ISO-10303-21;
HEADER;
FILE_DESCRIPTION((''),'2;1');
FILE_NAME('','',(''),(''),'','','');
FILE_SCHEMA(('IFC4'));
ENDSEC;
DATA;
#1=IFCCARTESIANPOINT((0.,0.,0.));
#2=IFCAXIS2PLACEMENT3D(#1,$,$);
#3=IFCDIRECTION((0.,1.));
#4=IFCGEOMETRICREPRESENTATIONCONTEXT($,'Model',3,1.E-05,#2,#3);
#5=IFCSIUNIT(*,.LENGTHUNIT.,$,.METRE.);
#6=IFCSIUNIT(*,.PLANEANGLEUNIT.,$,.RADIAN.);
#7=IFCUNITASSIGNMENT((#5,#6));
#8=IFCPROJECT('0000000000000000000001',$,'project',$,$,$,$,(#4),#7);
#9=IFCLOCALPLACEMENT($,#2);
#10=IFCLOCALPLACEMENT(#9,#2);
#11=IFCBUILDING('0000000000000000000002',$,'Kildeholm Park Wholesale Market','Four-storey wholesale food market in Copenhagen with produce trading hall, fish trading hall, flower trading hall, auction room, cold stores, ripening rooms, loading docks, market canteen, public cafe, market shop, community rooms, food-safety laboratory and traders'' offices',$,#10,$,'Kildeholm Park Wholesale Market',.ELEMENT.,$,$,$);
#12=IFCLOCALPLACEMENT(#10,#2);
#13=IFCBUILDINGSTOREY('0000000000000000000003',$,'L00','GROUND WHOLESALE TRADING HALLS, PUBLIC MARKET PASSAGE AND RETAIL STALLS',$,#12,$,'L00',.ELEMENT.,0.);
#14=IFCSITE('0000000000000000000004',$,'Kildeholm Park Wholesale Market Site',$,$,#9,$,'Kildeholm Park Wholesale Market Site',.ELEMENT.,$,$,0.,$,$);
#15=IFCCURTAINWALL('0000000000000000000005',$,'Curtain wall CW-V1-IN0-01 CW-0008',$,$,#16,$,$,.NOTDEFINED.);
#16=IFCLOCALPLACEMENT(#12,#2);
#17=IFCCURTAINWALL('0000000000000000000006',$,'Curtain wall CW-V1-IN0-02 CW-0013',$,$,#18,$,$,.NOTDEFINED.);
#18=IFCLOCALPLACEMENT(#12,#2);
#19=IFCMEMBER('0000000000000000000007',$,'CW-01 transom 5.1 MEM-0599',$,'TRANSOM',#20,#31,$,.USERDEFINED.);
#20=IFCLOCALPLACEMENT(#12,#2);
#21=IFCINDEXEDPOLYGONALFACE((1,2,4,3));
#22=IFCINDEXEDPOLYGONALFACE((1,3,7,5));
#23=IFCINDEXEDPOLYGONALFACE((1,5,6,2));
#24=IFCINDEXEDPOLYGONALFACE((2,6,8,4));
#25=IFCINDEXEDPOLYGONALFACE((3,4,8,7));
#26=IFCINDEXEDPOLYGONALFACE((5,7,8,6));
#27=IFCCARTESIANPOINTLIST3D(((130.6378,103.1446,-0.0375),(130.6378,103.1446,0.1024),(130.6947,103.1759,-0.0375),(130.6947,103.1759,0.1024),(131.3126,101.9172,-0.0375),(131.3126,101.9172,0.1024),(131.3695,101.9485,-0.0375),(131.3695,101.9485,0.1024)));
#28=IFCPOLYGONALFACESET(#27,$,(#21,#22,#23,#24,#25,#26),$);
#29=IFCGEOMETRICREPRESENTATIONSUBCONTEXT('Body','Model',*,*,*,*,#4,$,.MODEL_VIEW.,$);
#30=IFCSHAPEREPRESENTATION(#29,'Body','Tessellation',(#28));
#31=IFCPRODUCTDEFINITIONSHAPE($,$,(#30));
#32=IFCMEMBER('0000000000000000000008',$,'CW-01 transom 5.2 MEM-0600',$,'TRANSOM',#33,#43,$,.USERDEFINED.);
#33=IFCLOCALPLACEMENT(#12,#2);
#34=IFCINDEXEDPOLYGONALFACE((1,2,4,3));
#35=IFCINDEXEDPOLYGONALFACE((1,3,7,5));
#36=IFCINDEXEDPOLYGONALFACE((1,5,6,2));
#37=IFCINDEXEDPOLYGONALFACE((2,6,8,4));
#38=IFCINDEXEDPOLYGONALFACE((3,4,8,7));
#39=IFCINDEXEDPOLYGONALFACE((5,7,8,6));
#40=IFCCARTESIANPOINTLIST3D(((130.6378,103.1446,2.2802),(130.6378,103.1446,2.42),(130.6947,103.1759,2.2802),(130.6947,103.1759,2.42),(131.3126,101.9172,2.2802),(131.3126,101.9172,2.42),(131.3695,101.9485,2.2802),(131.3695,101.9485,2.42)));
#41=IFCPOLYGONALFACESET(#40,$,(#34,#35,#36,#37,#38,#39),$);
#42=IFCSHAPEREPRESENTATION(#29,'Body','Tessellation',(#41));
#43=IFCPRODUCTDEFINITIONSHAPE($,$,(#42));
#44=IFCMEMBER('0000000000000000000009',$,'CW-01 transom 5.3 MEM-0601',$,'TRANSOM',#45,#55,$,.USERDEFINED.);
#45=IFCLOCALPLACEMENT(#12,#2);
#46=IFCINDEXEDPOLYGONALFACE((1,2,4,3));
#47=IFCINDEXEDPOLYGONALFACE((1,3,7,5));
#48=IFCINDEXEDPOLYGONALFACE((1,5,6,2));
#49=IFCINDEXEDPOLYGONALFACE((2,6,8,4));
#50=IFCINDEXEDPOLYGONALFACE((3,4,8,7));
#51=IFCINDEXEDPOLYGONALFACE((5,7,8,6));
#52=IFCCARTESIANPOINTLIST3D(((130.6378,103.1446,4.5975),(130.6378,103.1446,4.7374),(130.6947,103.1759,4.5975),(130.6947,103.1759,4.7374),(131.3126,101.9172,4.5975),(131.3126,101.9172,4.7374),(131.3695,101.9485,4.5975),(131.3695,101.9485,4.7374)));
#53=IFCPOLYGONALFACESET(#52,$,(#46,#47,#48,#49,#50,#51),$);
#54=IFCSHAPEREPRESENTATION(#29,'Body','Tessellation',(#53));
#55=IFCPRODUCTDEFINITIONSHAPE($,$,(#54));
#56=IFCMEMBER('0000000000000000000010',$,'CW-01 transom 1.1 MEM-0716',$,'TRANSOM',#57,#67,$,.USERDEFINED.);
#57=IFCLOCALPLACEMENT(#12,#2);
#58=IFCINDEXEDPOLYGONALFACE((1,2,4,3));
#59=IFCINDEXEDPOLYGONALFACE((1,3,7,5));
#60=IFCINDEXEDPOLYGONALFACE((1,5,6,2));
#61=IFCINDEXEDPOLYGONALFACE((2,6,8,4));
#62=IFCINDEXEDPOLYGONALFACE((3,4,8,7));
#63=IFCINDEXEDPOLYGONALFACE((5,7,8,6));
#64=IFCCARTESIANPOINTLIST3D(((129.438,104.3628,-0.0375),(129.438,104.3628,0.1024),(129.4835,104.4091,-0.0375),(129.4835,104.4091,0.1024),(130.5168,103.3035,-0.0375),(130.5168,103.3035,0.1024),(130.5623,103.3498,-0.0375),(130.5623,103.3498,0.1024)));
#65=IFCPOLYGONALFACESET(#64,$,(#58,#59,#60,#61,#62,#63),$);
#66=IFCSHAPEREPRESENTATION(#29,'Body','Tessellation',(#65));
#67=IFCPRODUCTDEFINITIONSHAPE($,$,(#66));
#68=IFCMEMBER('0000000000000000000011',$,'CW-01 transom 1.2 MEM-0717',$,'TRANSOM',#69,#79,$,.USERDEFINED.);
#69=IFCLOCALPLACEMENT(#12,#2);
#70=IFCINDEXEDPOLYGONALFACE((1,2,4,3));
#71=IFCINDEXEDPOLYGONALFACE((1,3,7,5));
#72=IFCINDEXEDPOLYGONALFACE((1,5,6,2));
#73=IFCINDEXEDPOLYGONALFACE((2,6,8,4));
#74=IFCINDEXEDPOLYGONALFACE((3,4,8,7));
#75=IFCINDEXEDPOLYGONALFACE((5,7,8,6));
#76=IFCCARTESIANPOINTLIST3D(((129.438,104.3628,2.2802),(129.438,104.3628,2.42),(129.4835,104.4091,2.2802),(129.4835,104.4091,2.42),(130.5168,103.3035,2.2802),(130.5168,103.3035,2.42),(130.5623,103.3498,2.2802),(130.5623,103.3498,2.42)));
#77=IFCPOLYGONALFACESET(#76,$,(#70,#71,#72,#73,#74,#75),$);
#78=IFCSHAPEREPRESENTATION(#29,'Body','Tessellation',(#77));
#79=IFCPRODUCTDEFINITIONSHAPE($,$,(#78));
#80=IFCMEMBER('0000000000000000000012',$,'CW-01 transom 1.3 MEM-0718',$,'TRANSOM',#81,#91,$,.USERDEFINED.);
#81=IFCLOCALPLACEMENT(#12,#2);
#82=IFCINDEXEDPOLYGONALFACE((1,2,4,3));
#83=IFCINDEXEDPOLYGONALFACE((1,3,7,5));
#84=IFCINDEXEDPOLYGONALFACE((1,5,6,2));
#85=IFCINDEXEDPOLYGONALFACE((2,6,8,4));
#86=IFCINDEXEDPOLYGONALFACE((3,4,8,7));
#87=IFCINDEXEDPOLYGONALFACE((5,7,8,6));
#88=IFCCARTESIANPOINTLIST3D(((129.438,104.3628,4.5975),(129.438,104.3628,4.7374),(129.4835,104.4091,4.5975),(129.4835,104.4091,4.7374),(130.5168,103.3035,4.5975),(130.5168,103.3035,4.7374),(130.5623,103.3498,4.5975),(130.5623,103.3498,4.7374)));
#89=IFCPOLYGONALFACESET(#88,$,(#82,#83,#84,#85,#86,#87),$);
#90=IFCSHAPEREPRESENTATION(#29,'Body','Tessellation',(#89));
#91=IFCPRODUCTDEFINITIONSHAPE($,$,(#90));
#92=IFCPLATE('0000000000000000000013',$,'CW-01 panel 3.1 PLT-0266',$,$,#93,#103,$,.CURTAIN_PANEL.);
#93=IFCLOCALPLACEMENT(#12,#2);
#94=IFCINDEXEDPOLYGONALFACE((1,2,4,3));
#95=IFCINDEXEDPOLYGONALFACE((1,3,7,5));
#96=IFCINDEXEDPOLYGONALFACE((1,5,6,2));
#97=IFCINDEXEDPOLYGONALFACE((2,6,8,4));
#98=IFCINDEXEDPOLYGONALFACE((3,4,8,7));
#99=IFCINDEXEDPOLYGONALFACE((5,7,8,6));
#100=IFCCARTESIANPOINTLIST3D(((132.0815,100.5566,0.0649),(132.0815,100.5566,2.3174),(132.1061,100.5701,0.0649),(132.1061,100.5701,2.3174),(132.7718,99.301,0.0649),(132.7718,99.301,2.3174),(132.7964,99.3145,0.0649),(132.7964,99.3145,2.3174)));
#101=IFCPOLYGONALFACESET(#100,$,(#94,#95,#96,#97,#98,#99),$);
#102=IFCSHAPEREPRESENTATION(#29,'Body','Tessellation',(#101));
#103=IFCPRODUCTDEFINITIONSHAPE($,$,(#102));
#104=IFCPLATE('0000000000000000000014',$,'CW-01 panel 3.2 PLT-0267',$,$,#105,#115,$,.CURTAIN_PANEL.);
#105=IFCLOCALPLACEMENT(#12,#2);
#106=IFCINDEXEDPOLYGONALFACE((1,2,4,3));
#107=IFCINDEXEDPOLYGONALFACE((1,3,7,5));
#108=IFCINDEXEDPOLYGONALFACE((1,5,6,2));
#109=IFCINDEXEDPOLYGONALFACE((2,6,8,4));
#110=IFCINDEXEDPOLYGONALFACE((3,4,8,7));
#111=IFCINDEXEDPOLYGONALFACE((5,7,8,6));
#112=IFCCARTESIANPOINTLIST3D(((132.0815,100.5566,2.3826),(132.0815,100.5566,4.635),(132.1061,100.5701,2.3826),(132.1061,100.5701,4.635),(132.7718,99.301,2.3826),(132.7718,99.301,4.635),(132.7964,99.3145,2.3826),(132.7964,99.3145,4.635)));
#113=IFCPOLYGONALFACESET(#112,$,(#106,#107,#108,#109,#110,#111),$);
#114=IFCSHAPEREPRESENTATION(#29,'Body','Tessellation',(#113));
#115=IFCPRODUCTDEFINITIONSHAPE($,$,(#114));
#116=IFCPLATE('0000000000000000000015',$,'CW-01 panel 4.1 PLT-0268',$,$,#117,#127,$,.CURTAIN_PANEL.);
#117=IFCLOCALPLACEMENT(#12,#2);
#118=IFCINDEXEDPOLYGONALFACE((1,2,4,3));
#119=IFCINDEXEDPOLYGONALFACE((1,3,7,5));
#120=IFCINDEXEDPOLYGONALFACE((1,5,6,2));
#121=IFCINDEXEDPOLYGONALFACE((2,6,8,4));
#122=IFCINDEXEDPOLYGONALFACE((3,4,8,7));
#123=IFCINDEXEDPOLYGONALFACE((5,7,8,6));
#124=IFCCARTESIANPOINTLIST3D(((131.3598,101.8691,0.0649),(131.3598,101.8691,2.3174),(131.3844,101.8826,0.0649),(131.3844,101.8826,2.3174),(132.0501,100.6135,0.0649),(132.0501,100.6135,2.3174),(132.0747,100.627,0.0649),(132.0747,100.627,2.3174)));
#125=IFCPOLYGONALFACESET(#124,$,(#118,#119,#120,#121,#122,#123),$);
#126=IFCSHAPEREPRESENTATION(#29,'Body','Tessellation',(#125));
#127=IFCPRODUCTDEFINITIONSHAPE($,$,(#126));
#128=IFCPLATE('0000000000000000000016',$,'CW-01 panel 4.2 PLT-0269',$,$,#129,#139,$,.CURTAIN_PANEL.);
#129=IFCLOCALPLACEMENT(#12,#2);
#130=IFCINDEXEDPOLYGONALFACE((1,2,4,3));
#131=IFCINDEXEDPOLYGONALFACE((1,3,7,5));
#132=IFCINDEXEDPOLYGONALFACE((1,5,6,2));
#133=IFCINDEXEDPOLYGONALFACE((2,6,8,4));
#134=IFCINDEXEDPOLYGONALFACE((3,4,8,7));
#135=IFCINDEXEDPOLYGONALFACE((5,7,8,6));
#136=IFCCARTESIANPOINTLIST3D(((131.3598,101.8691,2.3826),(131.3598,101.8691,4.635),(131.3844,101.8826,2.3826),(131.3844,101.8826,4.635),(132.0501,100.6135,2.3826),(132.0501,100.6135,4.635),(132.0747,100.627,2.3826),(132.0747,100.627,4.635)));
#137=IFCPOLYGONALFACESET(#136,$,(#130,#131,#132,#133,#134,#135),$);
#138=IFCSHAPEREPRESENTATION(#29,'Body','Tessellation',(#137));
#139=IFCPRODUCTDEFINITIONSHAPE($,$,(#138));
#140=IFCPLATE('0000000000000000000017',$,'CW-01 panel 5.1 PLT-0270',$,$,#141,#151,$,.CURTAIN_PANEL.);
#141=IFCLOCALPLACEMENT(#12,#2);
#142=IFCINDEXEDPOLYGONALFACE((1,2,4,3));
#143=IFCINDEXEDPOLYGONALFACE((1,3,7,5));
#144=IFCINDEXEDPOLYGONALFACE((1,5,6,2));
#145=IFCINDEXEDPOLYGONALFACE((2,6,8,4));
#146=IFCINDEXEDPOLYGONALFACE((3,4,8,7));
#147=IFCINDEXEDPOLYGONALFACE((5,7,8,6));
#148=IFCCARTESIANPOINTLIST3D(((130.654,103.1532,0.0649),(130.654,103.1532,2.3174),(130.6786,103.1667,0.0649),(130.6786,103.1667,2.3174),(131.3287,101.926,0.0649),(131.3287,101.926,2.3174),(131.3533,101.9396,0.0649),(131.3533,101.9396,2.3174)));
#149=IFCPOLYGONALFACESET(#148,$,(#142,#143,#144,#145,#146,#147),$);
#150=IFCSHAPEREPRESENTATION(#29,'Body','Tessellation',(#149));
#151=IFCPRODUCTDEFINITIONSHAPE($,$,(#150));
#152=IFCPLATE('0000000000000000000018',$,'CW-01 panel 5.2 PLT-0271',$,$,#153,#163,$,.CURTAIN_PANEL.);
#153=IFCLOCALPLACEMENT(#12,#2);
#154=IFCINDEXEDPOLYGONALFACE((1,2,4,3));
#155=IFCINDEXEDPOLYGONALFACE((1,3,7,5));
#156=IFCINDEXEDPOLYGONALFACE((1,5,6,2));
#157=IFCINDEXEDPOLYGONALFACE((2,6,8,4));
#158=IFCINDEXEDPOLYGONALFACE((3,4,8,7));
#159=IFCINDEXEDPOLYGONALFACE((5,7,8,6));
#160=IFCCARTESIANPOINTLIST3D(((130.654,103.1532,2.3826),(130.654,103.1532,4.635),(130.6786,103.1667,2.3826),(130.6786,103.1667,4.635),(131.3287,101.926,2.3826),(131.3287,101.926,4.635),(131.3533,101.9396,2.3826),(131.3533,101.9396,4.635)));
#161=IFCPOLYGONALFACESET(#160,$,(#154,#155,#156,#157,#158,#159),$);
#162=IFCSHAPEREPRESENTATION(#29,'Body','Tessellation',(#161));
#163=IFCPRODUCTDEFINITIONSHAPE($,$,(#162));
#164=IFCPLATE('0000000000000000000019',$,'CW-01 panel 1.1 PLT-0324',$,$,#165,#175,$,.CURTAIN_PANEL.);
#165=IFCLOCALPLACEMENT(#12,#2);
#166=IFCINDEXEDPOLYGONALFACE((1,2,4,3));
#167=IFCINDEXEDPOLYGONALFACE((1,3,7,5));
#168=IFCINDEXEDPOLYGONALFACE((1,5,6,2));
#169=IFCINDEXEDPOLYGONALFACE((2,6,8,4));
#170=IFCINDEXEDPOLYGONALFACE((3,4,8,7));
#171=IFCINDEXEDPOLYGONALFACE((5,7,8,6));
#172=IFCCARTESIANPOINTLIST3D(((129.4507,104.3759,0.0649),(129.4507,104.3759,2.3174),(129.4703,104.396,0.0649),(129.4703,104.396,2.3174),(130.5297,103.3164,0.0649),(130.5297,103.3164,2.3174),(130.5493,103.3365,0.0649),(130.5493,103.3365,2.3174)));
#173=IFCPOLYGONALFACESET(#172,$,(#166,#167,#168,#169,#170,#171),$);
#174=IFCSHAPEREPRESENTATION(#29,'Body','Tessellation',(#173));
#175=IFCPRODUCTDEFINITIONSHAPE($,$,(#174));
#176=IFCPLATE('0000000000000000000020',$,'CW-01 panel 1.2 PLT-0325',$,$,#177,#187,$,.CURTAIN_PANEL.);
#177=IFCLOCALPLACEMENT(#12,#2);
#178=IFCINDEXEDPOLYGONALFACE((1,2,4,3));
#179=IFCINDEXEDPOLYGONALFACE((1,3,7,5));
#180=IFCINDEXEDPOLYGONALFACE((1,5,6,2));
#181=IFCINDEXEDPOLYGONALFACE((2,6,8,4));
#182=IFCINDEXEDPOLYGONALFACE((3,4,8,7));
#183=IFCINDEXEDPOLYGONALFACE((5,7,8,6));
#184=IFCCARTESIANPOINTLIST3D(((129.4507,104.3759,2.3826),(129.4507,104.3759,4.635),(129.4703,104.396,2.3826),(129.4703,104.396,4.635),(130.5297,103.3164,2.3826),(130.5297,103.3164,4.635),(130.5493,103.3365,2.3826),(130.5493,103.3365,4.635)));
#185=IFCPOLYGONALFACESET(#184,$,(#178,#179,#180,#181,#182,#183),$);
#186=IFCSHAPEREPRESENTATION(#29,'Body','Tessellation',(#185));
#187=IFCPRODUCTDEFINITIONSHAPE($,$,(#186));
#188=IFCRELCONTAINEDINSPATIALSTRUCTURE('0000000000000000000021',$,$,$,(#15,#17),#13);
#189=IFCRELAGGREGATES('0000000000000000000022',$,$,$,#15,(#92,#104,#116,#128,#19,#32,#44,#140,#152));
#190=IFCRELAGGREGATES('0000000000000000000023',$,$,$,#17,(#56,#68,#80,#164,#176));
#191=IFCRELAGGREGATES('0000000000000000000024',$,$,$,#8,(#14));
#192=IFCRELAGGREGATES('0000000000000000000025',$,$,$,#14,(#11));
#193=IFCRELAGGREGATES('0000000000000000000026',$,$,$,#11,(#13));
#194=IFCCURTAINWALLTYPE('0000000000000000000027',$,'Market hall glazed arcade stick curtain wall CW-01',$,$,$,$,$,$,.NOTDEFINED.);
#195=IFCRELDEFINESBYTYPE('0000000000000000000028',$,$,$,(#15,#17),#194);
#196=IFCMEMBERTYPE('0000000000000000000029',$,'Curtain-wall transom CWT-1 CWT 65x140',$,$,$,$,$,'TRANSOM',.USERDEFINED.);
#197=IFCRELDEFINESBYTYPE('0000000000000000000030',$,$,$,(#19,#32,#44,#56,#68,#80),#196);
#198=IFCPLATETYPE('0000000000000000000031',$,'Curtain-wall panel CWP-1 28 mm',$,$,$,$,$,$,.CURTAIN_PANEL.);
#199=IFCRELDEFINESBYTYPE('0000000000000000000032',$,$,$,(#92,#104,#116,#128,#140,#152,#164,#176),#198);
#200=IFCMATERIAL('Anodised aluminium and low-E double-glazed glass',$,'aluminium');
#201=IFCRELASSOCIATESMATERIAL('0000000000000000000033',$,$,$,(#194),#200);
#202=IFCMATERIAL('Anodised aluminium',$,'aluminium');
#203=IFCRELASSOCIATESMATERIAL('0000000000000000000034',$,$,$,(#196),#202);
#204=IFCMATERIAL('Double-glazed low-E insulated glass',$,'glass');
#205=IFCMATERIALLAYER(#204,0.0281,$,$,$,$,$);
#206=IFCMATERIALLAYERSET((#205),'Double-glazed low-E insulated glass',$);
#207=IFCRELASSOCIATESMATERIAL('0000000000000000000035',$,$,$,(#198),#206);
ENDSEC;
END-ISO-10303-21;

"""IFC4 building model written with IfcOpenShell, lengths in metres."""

from ifc_helpers import new_model, si_unit, direction, frame, origin, origin_2d, place, context, subcontext, project, spatial, rectangle, extrude, material, layer, layer_set, material_profile, profile_set, type_object, element, aggregate, save


model = new_model("IFC4")

# Units and contexts
model_context = context("Model", 3, precision=1e-05, world=origin(), true_north=direction((0.0, 1.0)))
body_context = subcontext(model_context, "Body", "Model", "MODEL_VIEW")
ifc_project = project(units=[si_unit("LENGTHUNIT", "METRE"), si_unit("PLANEANGLEUNIT", "RADIAN")], contexts=[model_context])

# Site, building, storey
site_placement = place(None, origin())
site = spatial("IfcSite", under=ifc_project, at=site_placement, Name="Kildeholm Park Wholesale Market Site", LongName="Kildeholm Park Wholesale Market Site", CompositionType="ELEMENT", RefElevation=0.0)
building_placement = place(site_placement, origin())
building = spatial("IfcBuilding", under=site, at=building_placement, Name="Kildeholm Park Wholesale Market", Description="Four-storey wholesale food market in Copenhagen with produce trading hall, fish trading hall, flower trading hall, auction room, cold stores, ripening rooms, loading docks, market canteen, public cafe, market shop, community rooms, food-safety laboratory and traders' offices", LongName="Kildeholm Park Wholesale Market", CompositionType="ELEMENT")
storey_placement = place(building_placement, origin())
storey = spatial("IfcBuildingStorey", under=building, at=storey_placement, Name="L00", Description="GROUND WHOLESALE TRADING HALLS, PUBLIC MARKET PASSAGE AND RETAIL STALLS", LongName="L00", CompositionType="ELEMENT", Elevation=0.0)

# Curtain walls
ifc_material_1 = material(Name="Anodised aluminium and low-E double-glazed glass", Category="aluminium")
curtain_wall_type = type_object("IfcCurtainWallType", Name="Market hall glazed arcade stick curtain wall CW-01", PredefinedType="NOTDEFINED", material=ifc_material_1)
curtain_wall_1_placement = place(storey_placement, origin())
curtain_wall_1 = element("IfcCurtainWall", 1, at=curtain_wall_1_placement, inside=storey, type_object=curtain_wall_type, Name="Curtain wall CW-V1-IN0-01 CW-0008", PredefinedType="NOTDEFINED")
ifc_material_2 = material(Name="Anodised aluminium", Category="aluminium")
curtain_wall_2_placement = place(storey_placement, origin())
curtain_wall_2 = element("IfcCurtainWall", 2, at=curtain_wall_2_placement, inside=storey, type_object=curtain_wall_type, Name="Curtain wall CW-V1-IN0-02 CW-0013", PredefinedType="NOTDEFINED")

# Members
ifc_material_profile_1 = material_profile(ifc_material_2, rectangle(XDim=0.0649, YDim=0.1399, at=origin_2d()), Name="CWT 65x140")
ifc_profile_set_1 = profile_set([ifc_material_profile_1], Name="Anodised aluminium")
member_type_1 = type_object("IfcMemberType", Name="Curtain-wall transom CWT-1 CWT 65x140", ElementType="TRANSOM", PredefinedType="USERDEFINED", material=ifc_profile_set_1)
member_1_placement = place(storey_placement, frame((131.3411, 101.9329, 0.0325), z_axis=(-0.481805, 0.876278, 0.0), x_axis=(-0.876278, -0.481805, 0.0)))
member_1 = element("IfcMember", 3, at=member_1_placement, type_object=member_type_1, Name="CW-01 transom 5.1 MEM-0599", ObjectType="TRANSOM", PredefinedType="USERDEFINED", context=body_context, shape_type="SweptSolid", body=[
    extrude(rectangle(XDim=0.0649, YDim=0.1399, at=origin_2d()), origin(), (0.0, 0.0, 1.0), 1.4006),
])
member_2_placement = place(storey_placement, frame((131.3411, 101.9329, 2.3501), z_axis=(-0.481805, 0.876278, 0.0), x_axis=(-0.876278, -0.481805, 0.0)))
member_2 = element("IfcMember", 4, at=member_2_placement, type_object=member_type_1, Name="CW-01 transom 5.2 MEM-0600", ObjectType="TRANSOM", PredefinedType="USERDEFINED", context=body_context, shape_type="SweptSolid", body=[
    extrude(rectangle(XDim=0.0649, YDim=0.1399, at=origin_2d()), origin(), (0.0, 0.0, 1.0), 1.4006),
])
member_3_placement = place(storey_placement, frame((131.3411, 101.9329, 4.6675), z_axis=(-0.481805, 0.876278, 0.0), x_axis=(-0.876278, -0.481805, 0.0)))
member_3 = element("IfcMember", 5, at=member_3_placement, type_object=member_type_1, Name="CW-01 transom 5.3 MEM-0601", ObjectType="TRANSOM", PredefinedType="USERDEFINED", context=body_context, shape_type="SweptSolid", body=[
    extrude(rectangle(XDim=0.0649, YDim=0.1399, at=origin_2d()), origin(), (0.0, 0.0, 1.0), 1.4006),
])
member_4_placement = place(storey_placement, frame((130.5396, 103.3267, 0.0325), z_axis=(-0.713536, 0.700618, 0.0), x_axis=(-0.700618, -0.713536, 0.0)))
member_4 = element("IfcMember", 6, at=member_4_placement, type_object=member_type_1, Name="CW-01 transom 1.1 MEM-0716", ObjectType="TRANSOM", PredefinedType="USERDEFINED", context=body_context, shape_type="SweptSolid", body=[
    extrude(rectangle(XDim=0.0649, YDim=0.1399, at=origin_2d()), origin(), (0.0, 0.0, 1.0), 1.512),
])
member_5_placement = place(storey_placement, frame((130.5396, 103.3267, 2.3501), z_axis=(-0.713536, 0.700618, 0.0), x_axis=(-0.700618, -0.713536, 0.0)))
member_5 = element("IfcMember", 7, at=member_5_placement, type_object=member_type_1, Name="CW-01 transom 1.2 MEM-0717", ObjectType="TRANSOM", PredefinedType="USERDEFINED", context=body_context, shape_type="SweptSolid", body=[
    extrude(rectangle(XDim=0.0649, YDim=0.1399, at=origin_2d()), origin(), (0.0, 0.0, 1.0), 1.512),
])
member_6_placement = place(storey_placement, frame((130.5396, 103.3267, 4.6675), z_axis=(-0.713536, 0.700618, 0.0), x_axis=(-0.700618, -0.713536, 0.0)))
member_6 = element("IfcMember", 8, at=member_6_placement, type_object=member_type_1, Name="CW-01 transom 1.3 MEM-0718", ObjectType="TRANSOM", PredefinedType="USERDEFINED", context=body_context, shape_type="SweptSolid", body=[
    extrude(rectangle(XDim=0.0649, YDim=0.1399, at=origin_2d()), origin(), (0.0, 0.0, 1.0), 1.512),
])

# Plates
ifc_material_3 = material(Name="Double-glazed low-E insulated glass", Category="glass")
ifc_layer = layer(ifc_material_3, 0.0281)
ifc_layer_set = layer_set([ifc_layer], Name="Double-glazed low-E insulated glass")
plate_type = type_object("IfcPlateType", Name="Curtain-wall panel CWP-1 28 mm", PredefinedType="CURTAIN_PANEL", material=ifc_layer_set)
plate_1_placement = place(storey_placement, frame((132.439, 99.9355, 0.0649), z_axis=(0.0, 0.0, 1.0), x_axis=(-0.48175, 0.876309, 0.0)))
plate_1 = element("IfcPlate", 9, at=plate_1_placement, type_object=plate_type, Name="CW-01 panel 3.1 PLT-0266", PredefinedType="CURTAIN_PANEL", context=body_context, shape_type="SweptSolid", body=[
    extrude(rectangle(XDim=1.4329, YDim=0.0281, at=origin_2d()), origin(), (0.0, 0.0, 1.0), 2.2524),
])
plate_2_placement = place(storey_placement, frame((132.439, 99.9355, 2.3826), z_axis=(0.0, 0.0, 1.0), x_axis=(-0.48175, 0.876309, 0.0)))
plate_2 = element("IfcPlate", 10, at=plate_2_placement, type_object=plate_type, Name="CW-01 panel 3.2 PLT-0267", PredefinedType="CURTAIN_PANEL", context=body_context, shape_type="SweptSolid", body=[
    extrude(rectangle(XDim=1.4329, YDim=0.0281, at=origin_2d()), origin(), (0.0, 0.0, 1.0), 2.2524),
])
plate_3_placement = place(storey_placement, frame((131.7173, 101.248, 0.0649), z_axis=(0.0, 0.0, 1.0), x_axis=(-0.48175, 0.876309, 0.0)))
plate_3 = element("IfcPlate", 11, at=plate_3_placement, type_object=plate_type, Name="CW-01 panel 4.1 PLT-0268", PredefinedType="CURTAIN_PANEL", context=body_context, shape_type="SweptSolid", body=[
    extrude(rectangle(XDim=1.4329, YDim=0.0281, at=origin_2d()), origin(), (0.0, 0.0, 1.0), 2.2524),
])
plate_4_placement = place(storey_placement, frame((131.7173, 101.248, 2.3826), z_axis=(0.0, 0.0, 1.0), x_axis=(-0.48175, 0.876309, 0.0)))
plate_4 = element("IfcPlate", 12, at=plate_4_placement, type_object=plate_type, Name="CW-01 panel 4.2 PLT-0269", PredefinedType="CURTAIN_PANEL", context=body_context, shape_type="SweptSolid", body=[
    extrude(rectangle(XDim=1.4329, YDim=0.0281, at=origin_2d()), origin(), (0.0, 0.0, 1.0), 2.2524),
])
plate_5_placement = place(storey_placement, frame((131.0037, 102.5464, 0.0649), z_axis=(0.0, 0.0, 1.0), x_axis=(-0.48175, 0.876309, 0.0)))
plate_5 = element("IfcPlate", 13, at=plate_5_placement, type_object=plate_type, Name="CW-01 panel 5.1 PLT-0270", PredefinedType="CURTAIN_PANEL", context=body_context, shape_type="SweptSolid", body=[
    extrude(rectangle(XDim=1.4004, YDim=0.0281, at=origin_2d()), origin(), (0.0, 0.0, 1.0), 2.2524),
])
plate_6_placement = place(storey_placement, frame((131.0037, 102.5464, 2.3826), z_axis=(0.0, 0.0, 1.0), x_axis=(-0.48175, 0.876309, 0.0)))
plate_6 = element("IfcPlate", 14, at=plate_6_placement, type_object=plate_type, Name="CW-01 panel 5.2 PLT-0271", PredefinedType="CURTAIN_PANEL", context=body_context, shape_type="SweptSolid", body=[
    extrude(rectangle(XDim=1.4004, YDim=0.0281, at=origin_2d()), origin(), (0.0, 0.0, 1.0), 2.2524),
])
aggregate(curtain_wall_1, [plate_1, plate_2, plate_3, plate_4, member_1, member_2, member_3, plate_5, plate_6])
plate_7_placement = place(storey_placement, frame((130.0, 103.8562, 0.0649), z_axis=(0.0, 0.0, 1.0), x_axis=(-0.713538, 0.700617, 0.0)))
plate_7 = element("IfcPlate", 15, at=plate_7_placement, type_object=plate_type, Name="CW-01 panel 1.1 PLT-0324", PredefinedType="CURTAIN_PANEL", context=body_context, shape_type="SweptSolid", body=[
    extrude(rectangle(XDim=1.5122, YDim=0.0281, at=origin_2d()), origin(), (0.0, 0.0, 1.0), 2.2524),
])
plate_8_placement = place(storey_placement, frame((130.0, 103.8562, 2.3826), z_axis=(0.0, 0.0, 1.0), x_axis=(-0.713538, 0.700617, 0.0)))
plate_8 = element("IfcPlate", 16, at=plate_8_placement, type_object=plate_type, Name="CW-01 panel 1.2 PLT-0325", PredefinedType="CURTAIN_PANEL", context=body_context, shape_type="SweptSolid", body=[
    extrude(rectangle(XDim=1.5122, YDim=0.0281, at=origin_2d()), origin(), (0.0, 0.0, 1.0), 2.2524),
])
aggregate(curtain_wall_2, [member_4, member_5, member_6, plate_7, plate_8])

save(model, "model.ifc")
